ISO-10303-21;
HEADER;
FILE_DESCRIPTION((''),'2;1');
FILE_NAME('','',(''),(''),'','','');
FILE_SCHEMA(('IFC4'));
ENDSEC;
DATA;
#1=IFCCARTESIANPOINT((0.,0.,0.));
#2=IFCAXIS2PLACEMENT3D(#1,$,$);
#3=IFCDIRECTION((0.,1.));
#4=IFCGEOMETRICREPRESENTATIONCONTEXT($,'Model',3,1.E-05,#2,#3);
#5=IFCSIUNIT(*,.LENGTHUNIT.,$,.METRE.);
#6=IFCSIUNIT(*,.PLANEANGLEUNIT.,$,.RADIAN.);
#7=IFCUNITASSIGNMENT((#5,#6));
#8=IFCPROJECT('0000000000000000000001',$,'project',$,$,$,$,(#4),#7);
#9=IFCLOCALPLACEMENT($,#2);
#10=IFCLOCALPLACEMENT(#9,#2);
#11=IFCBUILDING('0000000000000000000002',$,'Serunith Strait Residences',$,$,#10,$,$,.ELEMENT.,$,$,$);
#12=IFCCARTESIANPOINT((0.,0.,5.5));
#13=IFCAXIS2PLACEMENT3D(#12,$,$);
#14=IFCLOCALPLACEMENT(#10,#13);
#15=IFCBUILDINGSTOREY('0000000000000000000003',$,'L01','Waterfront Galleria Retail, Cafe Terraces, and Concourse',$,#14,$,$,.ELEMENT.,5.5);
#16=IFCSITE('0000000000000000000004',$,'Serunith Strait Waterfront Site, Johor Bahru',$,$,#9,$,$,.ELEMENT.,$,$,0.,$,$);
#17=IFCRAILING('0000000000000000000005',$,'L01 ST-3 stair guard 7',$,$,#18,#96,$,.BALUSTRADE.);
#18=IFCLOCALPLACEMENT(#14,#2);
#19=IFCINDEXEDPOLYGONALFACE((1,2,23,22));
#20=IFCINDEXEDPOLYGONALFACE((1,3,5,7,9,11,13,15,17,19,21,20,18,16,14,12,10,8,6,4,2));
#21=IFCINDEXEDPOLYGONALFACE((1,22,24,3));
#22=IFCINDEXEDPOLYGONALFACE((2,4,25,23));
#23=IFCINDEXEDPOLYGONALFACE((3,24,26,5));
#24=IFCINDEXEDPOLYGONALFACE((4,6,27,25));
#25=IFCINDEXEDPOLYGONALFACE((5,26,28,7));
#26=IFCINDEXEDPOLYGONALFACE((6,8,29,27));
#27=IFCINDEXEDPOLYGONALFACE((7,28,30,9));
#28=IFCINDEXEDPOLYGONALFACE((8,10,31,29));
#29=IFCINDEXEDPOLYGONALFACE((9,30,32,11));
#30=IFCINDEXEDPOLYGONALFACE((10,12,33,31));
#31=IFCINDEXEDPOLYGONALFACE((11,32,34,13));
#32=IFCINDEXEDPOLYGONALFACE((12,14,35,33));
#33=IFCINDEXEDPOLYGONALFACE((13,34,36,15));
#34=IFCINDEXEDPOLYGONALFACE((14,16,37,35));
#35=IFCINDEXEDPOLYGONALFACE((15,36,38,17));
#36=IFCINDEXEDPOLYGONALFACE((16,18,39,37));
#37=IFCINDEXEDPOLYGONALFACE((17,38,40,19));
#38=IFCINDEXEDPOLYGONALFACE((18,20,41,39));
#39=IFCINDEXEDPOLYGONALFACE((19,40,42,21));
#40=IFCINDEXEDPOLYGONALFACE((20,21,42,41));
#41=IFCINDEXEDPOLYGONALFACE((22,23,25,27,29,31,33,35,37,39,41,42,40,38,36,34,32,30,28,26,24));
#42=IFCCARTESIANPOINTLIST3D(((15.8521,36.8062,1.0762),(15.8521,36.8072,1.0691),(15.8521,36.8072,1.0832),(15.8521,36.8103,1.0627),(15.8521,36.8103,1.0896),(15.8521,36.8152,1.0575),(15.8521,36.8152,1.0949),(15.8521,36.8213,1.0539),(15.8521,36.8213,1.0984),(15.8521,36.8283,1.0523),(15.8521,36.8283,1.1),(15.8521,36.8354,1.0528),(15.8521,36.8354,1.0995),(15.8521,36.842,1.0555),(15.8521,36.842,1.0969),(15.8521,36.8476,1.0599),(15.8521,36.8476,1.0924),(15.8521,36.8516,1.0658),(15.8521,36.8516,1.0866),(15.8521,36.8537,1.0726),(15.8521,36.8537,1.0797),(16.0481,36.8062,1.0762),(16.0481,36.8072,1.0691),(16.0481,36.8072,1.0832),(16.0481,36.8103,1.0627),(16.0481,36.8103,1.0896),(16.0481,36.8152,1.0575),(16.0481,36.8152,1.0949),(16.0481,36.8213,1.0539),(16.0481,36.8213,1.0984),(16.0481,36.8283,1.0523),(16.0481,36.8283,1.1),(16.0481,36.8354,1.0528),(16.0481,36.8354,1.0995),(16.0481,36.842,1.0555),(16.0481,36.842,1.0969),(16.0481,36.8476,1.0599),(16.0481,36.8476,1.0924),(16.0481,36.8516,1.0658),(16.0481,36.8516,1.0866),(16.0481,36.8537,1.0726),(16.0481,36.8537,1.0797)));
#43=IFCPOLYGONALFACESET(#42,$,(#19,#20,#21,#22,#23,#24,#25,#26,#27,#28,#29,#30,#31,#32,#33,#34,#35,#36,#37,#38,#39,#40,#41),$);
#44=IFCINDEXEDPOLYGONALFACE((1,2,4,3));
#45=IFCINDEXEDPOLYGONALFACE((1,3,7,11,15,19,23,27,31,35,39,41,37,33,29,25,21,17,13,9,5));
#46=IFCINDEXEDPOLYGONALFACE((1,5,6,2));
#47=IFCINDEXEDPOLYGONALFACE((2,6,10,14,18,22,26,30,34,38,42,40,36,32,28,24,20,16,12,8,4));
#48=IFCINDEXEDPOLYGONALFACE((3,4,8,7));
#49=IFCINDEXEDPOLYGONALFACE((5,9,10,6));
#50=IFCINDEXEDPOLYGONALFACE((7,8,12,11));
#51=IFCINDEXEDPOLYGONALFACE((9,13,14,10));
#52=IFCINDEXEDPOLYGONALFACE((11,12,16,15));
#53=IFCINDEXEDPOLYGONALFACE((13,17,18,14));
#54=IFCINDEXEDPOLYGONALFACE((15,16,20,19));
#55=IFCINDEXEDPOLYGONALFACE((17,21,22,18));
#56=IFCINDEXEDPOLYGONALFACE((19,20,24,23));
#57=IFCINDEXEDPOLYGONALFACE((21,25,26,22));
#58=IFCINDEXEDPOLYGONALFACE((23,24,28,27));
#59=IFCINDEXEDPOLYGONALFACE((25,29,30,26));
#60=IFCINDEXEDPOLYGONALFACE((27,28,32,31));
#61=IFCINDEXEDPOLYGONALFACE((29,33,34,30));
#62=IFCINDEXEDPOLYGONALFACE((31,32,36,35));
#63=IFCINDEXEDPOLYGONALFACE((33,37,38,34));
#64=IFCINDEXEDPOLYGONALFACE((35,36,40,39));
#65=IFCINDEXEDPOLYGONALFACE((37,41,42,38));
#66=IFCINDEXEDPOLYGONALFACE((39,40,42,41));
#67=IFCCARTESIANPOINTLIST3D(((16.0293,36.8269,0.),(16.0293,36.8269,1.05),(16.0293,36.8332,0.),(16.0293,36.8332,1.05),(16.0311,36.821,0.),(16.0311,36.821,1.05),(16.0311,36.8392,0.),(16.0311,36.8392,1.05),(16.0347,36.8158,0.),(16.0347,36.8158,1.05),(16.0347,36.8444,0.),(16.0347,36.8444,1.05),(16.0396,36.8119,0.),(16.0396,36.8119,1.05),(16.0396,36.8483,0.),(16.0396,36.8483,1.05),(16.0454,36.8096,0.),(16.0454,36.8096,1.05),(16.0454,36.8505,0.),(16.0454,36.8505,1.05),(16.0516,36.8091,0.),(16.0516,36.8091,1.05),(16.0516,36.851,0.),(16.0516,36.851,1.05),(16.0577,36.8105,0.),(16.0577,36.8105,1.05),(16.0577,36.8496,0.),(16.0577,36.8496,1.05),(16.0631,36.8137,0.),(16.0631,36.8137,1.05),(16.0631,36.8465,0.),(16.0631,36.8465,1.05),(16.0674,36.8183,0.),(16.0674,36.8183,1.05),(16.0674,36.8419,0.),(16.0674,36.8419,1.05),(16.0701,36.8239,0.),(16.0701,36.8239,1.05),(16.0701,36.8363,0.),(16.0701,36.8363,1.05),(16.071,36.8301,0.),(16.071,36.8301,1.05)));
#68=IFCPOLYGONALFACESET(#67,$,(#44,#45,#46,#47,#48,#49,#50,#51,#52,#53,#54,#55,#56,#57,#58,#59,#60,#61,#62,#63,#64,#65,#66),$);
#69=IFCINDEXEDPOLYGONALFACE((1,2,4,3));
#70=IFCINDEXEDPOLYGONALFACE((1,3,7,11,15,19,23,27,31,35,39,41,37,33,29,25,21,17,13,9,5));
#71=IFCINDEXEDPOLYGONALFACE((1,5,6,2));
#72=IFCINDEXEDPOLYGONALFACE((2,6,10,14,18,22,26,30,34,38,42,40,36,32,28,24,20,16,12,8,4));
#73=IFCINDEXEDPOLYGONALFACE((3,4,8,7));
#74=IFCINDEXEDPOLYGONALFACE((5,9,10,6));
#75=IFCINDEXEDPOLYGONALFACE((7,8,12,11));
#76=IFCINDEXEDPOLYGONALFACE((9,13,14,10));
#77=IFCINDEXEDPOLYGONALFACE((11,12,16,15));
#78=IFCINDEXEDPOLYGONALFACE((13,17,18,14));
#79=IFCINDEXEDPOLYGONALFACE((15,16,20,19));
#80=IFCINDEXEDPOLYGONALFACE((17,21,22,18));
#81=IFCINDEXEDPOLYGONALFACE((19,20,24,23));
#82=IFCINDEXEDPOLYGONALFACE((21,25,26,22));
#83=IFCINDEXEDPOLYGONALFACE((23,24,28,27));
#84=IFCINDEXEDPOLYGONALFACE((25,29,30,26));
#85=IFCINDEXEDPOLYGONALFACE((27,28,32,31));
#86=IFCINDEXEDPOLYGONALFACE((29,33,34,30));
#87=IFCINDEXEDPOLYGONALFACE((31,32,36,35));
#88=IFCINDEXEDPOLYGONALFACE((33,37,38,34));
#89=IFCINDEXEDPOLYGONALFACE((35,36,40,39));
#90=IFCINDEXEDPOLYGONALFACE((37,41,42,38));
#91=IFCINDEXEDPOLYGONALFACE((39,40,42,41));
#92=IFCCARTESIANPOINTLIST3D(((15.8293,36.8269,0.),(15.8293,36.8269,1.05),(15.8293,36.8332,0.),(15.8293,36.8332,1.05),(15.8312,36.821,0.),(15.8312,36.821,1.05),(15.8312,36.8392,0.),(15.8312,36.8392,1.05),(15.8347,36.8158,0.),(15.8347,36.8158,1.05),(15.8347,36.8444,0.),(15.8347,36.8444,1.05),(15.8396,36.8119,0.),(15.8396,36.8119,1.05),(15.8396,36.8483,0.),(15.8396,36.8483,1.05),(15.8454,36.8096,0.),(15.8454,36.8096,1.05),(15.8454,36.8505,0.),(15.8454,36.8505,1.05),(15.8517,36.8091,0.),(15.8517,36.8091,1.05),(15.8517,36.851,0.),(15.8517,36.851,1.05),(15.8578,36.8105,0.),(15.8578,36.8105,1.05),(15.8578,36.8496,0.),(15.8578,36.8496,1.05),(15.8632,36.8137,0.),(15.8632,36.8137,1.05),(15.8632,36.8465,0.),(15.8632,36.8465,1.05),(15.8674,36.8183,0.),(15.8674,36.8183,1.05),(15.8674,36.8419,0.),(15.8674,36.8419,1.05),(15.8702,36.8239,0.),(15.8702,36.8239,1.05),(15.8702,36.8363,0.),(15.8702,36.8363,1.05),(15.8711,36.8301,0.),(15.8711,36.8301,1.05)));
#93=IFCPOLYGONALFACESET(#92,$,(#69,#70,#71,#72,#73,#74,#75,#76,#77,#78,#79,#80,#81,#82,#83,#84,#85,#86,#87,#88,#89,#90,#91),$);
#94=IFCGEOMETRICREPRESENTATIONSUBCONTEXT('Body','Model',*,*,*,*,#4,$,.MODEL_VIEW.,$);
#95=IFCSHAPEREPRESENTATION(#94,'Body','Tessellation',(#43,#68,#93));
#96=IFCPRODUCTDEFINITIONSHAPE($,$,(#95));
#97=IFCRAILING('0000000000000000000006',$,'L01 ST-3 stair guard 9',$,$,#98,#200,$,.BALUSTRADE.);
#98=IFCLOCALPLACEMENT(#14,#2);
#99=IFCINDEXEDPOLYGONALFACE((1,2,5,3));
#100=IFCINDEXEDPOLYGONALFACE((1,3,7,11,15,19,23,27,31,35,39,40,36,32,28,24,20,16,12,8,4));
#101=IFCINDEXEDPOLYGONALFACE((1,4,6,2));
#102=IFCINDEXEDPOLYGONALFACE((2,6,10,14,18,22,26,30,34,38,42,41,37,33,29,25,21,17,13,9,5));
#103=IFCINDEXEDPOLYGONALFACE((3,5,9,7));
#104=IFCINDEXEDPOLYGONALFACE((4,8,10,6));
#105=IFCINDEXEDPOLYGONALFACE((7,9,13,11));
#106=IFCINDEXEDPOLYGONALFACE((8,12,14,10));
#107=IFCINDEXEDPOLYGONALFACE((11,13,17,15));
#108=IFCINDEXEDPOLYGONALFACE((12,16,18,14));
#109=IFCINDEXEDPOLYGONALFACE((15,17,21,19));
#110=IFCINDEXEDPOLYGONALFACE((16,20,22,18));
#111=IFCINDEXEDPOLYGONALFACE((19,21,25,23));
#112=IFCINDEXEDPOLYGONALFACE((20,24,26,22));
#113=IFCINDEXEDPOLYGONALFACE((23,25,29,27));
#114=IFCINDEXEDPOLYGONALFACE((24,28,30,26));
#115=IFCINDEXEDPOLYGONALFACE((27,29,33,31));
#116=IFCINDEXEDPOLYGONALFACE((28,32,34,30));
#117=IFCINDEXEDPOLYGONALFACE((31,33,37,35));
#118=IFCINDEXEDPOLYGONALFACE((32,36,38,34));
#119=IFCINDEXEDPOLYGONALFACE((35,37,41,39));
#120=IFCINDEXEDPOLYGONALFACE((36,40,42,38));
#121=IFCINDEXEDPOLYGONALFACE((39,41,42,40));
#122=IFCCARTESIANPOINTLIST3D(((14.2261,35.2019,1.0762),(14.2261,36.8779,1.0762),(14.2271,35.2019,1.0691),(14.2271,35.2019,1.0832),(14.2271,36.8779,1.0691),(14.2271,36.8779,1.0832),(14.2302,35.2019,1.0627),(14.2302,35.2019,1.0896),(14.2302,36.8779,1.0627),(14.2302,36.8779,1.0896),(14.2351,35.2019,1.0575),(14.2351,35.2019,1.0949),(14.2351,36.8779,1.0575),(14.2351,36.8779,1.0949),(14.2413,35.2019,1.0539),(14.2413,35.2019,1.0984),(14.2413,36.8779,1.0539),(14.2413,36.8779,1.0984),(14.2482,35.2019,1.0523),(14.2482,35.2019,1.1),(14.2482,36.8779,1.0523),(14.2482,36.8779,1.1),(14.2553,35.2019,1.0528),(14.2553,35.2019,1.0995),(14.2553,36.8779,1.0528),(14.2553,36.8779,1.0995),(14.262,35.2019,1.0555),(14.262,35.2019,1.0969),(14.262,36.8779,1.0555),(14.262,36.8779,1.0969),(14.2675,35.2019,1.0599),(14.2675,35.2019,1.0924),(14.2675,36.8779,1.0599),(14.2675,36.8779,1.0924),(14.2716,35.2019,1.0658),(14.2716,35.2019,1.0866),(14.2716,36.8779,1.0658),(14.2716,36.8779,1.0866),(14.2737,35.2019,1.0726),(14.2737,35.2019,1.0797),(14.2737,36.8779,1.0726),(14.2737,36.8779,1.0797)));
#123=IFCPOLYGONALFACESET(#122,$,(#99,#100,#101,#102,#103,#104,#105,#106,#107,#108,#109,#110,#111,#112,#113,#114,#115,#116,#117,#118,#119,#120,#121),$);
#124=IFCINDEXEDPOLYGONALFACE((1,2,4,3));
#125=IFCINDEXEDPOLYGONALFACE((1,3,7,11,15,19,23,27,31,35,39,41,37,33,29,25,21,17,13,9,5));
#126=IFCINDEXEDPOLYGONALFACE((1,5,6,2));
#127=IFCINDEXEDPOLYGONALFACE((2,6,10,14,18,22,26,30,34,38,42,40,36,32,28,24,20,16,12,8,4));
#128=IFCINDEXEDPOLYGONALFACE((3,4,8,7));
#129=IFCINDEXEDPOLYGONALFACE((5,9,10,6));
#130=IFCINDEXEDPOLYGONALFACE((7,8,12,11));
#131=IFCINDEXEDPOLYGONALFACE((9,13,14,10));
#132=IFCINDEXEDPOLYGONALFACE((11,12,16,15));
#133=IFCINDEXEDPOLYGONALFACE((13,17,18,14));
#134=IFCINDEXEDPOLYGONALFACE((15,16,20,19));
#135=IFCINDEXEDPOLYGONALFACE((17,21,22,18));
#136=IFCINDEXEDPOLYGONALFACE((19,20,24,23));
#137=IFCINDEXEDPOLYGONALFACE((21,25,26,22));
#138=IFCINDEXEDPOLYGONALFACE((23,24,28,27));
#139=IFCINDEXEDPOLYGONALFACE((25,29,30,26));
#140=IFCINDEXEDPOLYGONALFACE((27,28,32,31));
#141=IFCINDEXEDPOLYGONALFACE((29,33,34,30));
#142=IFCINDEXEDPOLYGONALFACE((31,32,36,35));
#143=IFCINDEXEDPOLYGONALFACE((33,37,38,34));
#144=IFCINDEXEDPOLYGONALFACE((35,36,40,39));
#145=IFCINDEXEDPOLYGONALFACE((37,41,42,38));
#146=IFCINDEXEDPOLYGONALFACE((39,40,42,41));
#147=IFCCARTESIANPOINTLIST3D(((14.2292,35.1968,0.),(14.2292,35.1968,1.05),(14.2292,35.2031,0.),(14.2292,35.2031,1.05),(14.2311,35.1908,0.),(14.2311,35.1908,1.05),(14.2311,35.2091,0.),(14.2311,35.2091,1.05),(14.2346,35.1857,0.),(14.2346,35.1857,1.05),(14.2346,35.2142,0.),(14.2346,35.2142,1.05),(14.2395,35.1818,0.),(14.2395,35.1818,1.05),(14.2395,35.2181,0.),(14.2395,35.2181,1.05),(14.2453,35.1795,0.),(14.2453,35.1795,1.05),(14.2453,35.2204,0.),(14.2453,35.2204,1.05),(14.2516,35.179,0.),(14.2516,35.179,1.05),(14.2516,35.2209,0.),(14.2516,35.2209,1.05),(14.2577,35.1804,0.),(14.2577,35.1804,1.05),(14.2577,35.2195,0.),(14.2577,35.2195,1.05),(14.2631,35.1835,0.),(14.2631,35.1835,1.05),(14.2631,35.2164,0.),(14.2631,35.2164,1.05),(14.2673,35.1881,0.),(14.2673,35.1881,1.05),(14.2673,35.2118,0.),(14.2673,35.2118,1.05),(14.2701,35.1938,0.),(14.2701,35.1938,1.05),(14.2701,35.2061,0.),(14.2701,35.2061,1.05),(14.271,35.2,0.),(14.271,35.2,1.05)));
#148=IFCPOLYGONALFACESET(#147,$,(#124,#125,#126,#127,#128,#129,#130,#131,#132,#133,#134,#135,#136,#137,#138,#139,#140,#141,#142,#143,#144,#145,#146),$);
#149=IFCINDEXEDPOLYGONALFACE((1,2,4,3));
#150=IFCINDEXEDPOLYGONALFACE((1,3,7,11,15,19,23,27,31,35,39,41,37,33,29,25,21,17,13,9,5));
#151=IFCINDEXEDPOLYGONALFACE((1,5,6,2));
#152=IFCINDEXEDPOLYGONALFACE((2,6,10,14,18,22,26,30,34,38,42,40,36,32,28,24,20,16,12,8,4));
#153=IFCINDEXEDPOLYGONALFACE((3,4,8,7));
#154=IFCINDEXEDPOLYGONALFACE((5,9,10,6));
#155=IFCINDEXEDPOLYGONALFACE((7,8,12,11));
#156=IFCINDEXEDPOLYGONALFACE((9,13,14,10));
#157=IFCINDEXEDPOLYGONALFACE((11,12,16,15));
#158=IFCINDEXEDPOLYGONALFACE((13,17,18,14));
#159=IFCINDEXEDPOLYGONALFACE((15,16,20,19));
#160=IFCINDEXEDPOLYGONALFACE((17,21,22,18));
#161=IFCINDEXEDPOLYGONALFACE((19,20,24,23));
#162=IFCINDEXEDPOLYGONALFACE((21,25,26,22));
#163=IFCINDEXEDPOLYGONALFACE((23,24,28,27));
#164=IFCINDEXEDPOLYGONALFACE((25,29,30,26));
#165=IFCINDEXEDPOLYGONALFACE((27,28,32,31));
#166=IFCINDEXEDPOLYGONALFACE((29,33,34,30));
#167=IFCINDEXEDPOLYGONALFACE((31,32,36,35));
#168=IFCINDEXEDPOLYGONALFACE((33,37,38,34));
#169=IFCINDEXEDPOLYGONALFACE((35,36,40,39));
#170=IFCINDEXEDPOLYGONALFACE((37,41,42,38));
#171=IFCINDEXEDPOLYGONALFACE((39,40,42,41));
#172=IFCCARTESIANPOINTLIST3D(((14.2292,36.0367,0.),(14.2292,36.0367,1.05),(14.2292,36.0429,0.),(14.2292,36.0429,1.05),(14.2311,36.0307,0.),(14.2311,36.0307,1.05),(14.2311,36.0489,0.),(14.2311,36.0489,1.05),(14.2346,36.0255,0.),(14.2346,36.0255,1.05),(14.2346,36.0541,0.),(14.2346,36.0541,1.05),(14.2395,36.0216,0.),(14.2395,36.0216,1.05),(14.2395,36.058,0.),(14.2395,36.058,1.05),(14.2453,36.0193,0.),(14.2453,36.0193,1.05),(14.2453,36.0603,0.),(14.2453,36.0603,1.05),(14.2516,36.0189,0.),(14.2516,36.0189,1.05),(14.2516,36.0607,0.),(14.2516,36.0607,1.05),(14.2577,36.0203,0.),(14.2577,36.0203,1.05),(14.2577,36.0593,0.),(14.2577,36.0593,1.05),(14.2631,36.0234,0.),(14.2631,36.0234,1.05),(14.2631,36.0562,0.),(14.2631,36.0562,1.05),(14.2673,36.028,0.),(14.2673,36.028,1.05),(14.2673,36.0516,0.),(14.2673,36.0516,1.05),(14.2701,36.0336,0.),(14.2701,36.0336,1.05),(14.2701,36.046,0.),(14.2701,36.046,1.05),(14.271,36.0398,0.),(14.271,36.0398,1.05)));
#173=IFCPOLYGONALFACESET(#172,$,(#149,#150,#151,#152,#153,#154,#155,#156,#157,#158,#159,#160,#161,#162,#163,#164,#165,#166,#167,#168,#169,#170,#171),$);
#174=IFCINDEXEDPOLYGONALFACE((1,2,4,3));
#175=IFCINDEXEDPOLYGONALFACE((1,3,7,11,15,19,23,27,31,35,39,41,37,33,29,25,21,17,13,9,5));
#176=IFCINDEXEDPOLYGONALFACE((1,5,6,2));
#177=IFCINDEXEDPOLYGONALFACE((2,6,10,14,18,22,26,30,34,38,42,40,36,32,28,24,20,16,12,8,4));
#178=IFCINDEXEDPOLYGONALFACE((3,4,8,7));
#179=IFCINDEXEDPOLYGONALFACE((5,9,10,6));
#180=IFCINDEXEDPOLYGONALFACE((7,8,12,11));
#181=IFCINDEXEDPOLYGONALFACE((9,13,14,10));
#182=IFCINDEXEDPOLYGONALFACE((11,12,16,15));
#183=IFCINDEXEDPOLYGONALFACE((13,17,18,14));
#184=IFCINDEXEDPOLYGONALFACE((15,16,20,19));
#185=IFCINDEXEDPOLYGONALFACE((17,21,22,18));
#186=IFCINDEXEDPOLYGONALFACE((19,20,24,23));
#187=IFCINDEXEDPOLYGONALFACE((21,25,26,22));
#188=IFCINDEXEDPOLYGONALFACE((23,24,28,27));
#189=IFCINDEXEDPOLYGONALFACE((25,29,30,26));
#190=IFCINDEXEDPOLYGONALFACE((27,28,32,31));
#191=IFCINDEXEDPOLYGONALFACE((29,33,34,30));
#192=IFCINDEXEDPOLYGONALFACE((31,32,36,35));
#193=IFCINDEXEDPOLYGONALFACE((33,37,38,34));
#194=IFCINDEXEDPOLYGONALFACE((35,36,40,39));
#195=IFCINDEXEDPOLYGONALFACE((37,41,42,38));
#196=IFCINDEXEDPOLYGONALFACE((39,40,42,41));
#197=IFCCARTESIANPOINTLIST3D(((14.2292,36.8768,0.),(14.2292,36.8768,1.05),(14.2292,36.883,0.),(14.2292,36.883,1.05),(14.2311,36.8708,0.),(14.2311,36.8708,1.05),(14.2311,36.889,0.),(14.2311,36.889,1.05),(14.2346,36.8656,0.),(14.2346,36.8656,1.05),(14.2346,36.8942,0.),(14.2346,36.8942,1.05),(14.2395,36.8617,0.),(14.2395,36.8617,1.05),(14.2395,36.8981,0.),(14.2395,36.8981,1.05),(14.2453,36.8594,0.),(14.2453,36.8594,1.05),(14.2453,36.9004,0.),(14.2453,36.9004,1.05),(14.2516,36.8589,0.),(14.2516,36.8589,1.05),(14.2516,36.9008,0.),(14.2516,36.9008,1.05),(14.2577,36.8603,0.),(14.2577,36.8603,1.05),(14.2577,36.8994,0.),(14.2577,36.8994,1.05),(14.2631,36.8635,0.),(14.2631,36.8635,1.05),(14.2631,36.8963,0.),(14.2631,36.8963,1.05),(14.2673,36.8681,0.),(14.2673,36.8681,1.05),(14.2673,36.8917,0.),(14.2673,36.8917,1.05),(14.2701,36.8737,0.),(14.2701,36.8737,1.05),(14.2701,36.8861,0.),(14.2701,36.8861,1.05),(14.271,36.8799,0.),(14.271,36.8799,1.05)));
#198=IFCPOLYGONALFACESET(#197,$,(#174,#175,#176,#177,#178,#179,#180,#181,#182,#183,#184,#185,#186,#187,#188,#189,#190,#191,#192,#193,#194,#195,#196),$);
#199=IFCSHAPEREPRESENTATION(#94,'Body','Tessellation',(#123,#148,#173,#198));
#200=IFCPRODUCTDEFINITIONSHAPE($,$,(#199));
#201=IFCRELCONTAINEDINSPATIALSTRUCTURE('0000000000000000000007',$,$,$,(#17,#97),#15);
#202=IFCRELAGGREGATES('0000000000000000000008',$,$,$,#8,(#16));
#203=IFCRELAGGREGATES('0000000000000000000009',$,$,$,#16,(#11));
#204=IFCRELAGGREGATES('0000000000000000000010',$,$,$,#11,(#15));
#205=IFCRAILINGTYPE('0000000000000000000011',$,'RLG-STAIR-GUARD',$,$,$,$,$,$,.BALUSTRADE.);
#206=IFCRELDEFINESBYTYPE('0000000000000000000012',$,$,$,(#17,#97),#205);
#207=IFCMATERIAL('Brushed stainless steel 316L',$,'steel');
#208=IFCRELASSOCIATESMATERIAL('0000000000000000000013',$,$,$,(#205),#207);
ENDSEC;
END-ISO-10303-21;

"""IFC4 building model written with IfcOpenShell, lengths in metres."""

from ifc_helpers import new_model, si_unit, direction, frame, origin, origin_2d, place, context, subcontext, project, spatial, circle, extrude, material, type_object, element, save


model = new_model("IFC4")

# Units and contexts
model_context = context("Model", 3, precision=1e-05, world=origin(), true_north=direction((0.0, 1.0)))
body_context = subcontext(model_context, "Body", "Model", "MODEL_VIEW")
ifc_project = project(units=[si_unit("LENGTHUNIT", "METRE"), si_unit("PLANEANGLEUNIT", "RADIAN")], contexts=[model_context])

# Site, building, storey
site_placement = place(None, origin())
site = spatial("IfcSite", under=ifc_project, at=site_placement, Name="Serunith Strait Waterfront Site, Johor Bahru", CompositionType="ELEMENT", RefElevation=0.0)
building_placement = place(site_placement, origin())
building = spatial("IfcBuilding", under=site, at=building_placement, Name="Serunith Strait Residences", CompositionType="ELEMENT")
storey_placement = place(building_placement, frame((0.0, 0.0, 5.5)))
storey = spatial("IfcBuildingStorey", under=building, at=storey_placement, Name="L01", Description="Waterfront Galleria Retail, Cafe Terraces, and Concourse", CompositionType="ELEMENT", Elevation=5.5)

# Railings
ifc_material_1 = material(Name="Brushed stainless steel 316L", Category="steel")
railing_type_1 = type_object("IfcRailingType", Name="RLG-STAIR-GUARD", PredefinedType="BALUSTRADE", material=ifc_material_1)
railing_1_placement = place(storey_placement, frame((16.05, 36.8301, 0.0)))
element("IfcRailing", 1, at=railing_1_placement, inside=storey, type_object=railing_type_1, Name="L01 ST-3 stair guard 7", PredefinedType="BALUSTRADE", context=body_context, shape_type="SweptSolid", body=[
    extrude(circle(Radius=0.0239, at=origin_2d()), frame((-0.002, 0.0, 1.0762), z_axis=(-1.0, 0.0, 0.0), x_axis=(0.0, -1.0, 0.0)), (0.0, 0.0, 1.0), 0.196),
    extrude(circle(Radius=0.021, at=origin_2d()), origin(), (0.0, 0.0, 1.0), 1.05),
    extrude(circle(Radius=0.021, at=origin_2d()), frame((-0.2, 0.0, 0.0)), (0.0, 0.0, 1.0), 1.05),
])
railing_2_placement = place(storey_placement, frame((14.25, 35.2, 0.0)))
element("IfcRailing", 2, at=railing_2_placement, inside=storey, type_object=railing_type_1, Name="L01 ST-3 stair guard 9", PredefinedType="BALUSTRADE", context=body_context, shape_type="SweptSolid", body=[
    extrude(circle(Radius=0.0239, at=origin_2d()), frame((0.0, 0.002, 1.0762), z_axis=(0.0, 1.0, 0.0), x_axis=(-1.0, 0.0, 0.0)), (0.0, 0.0, 1.0), 1.676),
    extrude(circle(Radius=0.021, at=origin_2d()), origin(), (0.0, 0.0, 1.0), 1.05),
    extrude(circle(Radius=0.021, at=origin_2d()), frame((0.0, 0.8398, 0.0)), (0.0, 0.0, 1.0), 1.05),
    extrude(circle(Radius=0.021, at=origin_2d()), frame((0.0, 1.6799, 0.0)), (0.0, 0.0, 1.0), 1.05),
])

save(model, "model.ifc")
